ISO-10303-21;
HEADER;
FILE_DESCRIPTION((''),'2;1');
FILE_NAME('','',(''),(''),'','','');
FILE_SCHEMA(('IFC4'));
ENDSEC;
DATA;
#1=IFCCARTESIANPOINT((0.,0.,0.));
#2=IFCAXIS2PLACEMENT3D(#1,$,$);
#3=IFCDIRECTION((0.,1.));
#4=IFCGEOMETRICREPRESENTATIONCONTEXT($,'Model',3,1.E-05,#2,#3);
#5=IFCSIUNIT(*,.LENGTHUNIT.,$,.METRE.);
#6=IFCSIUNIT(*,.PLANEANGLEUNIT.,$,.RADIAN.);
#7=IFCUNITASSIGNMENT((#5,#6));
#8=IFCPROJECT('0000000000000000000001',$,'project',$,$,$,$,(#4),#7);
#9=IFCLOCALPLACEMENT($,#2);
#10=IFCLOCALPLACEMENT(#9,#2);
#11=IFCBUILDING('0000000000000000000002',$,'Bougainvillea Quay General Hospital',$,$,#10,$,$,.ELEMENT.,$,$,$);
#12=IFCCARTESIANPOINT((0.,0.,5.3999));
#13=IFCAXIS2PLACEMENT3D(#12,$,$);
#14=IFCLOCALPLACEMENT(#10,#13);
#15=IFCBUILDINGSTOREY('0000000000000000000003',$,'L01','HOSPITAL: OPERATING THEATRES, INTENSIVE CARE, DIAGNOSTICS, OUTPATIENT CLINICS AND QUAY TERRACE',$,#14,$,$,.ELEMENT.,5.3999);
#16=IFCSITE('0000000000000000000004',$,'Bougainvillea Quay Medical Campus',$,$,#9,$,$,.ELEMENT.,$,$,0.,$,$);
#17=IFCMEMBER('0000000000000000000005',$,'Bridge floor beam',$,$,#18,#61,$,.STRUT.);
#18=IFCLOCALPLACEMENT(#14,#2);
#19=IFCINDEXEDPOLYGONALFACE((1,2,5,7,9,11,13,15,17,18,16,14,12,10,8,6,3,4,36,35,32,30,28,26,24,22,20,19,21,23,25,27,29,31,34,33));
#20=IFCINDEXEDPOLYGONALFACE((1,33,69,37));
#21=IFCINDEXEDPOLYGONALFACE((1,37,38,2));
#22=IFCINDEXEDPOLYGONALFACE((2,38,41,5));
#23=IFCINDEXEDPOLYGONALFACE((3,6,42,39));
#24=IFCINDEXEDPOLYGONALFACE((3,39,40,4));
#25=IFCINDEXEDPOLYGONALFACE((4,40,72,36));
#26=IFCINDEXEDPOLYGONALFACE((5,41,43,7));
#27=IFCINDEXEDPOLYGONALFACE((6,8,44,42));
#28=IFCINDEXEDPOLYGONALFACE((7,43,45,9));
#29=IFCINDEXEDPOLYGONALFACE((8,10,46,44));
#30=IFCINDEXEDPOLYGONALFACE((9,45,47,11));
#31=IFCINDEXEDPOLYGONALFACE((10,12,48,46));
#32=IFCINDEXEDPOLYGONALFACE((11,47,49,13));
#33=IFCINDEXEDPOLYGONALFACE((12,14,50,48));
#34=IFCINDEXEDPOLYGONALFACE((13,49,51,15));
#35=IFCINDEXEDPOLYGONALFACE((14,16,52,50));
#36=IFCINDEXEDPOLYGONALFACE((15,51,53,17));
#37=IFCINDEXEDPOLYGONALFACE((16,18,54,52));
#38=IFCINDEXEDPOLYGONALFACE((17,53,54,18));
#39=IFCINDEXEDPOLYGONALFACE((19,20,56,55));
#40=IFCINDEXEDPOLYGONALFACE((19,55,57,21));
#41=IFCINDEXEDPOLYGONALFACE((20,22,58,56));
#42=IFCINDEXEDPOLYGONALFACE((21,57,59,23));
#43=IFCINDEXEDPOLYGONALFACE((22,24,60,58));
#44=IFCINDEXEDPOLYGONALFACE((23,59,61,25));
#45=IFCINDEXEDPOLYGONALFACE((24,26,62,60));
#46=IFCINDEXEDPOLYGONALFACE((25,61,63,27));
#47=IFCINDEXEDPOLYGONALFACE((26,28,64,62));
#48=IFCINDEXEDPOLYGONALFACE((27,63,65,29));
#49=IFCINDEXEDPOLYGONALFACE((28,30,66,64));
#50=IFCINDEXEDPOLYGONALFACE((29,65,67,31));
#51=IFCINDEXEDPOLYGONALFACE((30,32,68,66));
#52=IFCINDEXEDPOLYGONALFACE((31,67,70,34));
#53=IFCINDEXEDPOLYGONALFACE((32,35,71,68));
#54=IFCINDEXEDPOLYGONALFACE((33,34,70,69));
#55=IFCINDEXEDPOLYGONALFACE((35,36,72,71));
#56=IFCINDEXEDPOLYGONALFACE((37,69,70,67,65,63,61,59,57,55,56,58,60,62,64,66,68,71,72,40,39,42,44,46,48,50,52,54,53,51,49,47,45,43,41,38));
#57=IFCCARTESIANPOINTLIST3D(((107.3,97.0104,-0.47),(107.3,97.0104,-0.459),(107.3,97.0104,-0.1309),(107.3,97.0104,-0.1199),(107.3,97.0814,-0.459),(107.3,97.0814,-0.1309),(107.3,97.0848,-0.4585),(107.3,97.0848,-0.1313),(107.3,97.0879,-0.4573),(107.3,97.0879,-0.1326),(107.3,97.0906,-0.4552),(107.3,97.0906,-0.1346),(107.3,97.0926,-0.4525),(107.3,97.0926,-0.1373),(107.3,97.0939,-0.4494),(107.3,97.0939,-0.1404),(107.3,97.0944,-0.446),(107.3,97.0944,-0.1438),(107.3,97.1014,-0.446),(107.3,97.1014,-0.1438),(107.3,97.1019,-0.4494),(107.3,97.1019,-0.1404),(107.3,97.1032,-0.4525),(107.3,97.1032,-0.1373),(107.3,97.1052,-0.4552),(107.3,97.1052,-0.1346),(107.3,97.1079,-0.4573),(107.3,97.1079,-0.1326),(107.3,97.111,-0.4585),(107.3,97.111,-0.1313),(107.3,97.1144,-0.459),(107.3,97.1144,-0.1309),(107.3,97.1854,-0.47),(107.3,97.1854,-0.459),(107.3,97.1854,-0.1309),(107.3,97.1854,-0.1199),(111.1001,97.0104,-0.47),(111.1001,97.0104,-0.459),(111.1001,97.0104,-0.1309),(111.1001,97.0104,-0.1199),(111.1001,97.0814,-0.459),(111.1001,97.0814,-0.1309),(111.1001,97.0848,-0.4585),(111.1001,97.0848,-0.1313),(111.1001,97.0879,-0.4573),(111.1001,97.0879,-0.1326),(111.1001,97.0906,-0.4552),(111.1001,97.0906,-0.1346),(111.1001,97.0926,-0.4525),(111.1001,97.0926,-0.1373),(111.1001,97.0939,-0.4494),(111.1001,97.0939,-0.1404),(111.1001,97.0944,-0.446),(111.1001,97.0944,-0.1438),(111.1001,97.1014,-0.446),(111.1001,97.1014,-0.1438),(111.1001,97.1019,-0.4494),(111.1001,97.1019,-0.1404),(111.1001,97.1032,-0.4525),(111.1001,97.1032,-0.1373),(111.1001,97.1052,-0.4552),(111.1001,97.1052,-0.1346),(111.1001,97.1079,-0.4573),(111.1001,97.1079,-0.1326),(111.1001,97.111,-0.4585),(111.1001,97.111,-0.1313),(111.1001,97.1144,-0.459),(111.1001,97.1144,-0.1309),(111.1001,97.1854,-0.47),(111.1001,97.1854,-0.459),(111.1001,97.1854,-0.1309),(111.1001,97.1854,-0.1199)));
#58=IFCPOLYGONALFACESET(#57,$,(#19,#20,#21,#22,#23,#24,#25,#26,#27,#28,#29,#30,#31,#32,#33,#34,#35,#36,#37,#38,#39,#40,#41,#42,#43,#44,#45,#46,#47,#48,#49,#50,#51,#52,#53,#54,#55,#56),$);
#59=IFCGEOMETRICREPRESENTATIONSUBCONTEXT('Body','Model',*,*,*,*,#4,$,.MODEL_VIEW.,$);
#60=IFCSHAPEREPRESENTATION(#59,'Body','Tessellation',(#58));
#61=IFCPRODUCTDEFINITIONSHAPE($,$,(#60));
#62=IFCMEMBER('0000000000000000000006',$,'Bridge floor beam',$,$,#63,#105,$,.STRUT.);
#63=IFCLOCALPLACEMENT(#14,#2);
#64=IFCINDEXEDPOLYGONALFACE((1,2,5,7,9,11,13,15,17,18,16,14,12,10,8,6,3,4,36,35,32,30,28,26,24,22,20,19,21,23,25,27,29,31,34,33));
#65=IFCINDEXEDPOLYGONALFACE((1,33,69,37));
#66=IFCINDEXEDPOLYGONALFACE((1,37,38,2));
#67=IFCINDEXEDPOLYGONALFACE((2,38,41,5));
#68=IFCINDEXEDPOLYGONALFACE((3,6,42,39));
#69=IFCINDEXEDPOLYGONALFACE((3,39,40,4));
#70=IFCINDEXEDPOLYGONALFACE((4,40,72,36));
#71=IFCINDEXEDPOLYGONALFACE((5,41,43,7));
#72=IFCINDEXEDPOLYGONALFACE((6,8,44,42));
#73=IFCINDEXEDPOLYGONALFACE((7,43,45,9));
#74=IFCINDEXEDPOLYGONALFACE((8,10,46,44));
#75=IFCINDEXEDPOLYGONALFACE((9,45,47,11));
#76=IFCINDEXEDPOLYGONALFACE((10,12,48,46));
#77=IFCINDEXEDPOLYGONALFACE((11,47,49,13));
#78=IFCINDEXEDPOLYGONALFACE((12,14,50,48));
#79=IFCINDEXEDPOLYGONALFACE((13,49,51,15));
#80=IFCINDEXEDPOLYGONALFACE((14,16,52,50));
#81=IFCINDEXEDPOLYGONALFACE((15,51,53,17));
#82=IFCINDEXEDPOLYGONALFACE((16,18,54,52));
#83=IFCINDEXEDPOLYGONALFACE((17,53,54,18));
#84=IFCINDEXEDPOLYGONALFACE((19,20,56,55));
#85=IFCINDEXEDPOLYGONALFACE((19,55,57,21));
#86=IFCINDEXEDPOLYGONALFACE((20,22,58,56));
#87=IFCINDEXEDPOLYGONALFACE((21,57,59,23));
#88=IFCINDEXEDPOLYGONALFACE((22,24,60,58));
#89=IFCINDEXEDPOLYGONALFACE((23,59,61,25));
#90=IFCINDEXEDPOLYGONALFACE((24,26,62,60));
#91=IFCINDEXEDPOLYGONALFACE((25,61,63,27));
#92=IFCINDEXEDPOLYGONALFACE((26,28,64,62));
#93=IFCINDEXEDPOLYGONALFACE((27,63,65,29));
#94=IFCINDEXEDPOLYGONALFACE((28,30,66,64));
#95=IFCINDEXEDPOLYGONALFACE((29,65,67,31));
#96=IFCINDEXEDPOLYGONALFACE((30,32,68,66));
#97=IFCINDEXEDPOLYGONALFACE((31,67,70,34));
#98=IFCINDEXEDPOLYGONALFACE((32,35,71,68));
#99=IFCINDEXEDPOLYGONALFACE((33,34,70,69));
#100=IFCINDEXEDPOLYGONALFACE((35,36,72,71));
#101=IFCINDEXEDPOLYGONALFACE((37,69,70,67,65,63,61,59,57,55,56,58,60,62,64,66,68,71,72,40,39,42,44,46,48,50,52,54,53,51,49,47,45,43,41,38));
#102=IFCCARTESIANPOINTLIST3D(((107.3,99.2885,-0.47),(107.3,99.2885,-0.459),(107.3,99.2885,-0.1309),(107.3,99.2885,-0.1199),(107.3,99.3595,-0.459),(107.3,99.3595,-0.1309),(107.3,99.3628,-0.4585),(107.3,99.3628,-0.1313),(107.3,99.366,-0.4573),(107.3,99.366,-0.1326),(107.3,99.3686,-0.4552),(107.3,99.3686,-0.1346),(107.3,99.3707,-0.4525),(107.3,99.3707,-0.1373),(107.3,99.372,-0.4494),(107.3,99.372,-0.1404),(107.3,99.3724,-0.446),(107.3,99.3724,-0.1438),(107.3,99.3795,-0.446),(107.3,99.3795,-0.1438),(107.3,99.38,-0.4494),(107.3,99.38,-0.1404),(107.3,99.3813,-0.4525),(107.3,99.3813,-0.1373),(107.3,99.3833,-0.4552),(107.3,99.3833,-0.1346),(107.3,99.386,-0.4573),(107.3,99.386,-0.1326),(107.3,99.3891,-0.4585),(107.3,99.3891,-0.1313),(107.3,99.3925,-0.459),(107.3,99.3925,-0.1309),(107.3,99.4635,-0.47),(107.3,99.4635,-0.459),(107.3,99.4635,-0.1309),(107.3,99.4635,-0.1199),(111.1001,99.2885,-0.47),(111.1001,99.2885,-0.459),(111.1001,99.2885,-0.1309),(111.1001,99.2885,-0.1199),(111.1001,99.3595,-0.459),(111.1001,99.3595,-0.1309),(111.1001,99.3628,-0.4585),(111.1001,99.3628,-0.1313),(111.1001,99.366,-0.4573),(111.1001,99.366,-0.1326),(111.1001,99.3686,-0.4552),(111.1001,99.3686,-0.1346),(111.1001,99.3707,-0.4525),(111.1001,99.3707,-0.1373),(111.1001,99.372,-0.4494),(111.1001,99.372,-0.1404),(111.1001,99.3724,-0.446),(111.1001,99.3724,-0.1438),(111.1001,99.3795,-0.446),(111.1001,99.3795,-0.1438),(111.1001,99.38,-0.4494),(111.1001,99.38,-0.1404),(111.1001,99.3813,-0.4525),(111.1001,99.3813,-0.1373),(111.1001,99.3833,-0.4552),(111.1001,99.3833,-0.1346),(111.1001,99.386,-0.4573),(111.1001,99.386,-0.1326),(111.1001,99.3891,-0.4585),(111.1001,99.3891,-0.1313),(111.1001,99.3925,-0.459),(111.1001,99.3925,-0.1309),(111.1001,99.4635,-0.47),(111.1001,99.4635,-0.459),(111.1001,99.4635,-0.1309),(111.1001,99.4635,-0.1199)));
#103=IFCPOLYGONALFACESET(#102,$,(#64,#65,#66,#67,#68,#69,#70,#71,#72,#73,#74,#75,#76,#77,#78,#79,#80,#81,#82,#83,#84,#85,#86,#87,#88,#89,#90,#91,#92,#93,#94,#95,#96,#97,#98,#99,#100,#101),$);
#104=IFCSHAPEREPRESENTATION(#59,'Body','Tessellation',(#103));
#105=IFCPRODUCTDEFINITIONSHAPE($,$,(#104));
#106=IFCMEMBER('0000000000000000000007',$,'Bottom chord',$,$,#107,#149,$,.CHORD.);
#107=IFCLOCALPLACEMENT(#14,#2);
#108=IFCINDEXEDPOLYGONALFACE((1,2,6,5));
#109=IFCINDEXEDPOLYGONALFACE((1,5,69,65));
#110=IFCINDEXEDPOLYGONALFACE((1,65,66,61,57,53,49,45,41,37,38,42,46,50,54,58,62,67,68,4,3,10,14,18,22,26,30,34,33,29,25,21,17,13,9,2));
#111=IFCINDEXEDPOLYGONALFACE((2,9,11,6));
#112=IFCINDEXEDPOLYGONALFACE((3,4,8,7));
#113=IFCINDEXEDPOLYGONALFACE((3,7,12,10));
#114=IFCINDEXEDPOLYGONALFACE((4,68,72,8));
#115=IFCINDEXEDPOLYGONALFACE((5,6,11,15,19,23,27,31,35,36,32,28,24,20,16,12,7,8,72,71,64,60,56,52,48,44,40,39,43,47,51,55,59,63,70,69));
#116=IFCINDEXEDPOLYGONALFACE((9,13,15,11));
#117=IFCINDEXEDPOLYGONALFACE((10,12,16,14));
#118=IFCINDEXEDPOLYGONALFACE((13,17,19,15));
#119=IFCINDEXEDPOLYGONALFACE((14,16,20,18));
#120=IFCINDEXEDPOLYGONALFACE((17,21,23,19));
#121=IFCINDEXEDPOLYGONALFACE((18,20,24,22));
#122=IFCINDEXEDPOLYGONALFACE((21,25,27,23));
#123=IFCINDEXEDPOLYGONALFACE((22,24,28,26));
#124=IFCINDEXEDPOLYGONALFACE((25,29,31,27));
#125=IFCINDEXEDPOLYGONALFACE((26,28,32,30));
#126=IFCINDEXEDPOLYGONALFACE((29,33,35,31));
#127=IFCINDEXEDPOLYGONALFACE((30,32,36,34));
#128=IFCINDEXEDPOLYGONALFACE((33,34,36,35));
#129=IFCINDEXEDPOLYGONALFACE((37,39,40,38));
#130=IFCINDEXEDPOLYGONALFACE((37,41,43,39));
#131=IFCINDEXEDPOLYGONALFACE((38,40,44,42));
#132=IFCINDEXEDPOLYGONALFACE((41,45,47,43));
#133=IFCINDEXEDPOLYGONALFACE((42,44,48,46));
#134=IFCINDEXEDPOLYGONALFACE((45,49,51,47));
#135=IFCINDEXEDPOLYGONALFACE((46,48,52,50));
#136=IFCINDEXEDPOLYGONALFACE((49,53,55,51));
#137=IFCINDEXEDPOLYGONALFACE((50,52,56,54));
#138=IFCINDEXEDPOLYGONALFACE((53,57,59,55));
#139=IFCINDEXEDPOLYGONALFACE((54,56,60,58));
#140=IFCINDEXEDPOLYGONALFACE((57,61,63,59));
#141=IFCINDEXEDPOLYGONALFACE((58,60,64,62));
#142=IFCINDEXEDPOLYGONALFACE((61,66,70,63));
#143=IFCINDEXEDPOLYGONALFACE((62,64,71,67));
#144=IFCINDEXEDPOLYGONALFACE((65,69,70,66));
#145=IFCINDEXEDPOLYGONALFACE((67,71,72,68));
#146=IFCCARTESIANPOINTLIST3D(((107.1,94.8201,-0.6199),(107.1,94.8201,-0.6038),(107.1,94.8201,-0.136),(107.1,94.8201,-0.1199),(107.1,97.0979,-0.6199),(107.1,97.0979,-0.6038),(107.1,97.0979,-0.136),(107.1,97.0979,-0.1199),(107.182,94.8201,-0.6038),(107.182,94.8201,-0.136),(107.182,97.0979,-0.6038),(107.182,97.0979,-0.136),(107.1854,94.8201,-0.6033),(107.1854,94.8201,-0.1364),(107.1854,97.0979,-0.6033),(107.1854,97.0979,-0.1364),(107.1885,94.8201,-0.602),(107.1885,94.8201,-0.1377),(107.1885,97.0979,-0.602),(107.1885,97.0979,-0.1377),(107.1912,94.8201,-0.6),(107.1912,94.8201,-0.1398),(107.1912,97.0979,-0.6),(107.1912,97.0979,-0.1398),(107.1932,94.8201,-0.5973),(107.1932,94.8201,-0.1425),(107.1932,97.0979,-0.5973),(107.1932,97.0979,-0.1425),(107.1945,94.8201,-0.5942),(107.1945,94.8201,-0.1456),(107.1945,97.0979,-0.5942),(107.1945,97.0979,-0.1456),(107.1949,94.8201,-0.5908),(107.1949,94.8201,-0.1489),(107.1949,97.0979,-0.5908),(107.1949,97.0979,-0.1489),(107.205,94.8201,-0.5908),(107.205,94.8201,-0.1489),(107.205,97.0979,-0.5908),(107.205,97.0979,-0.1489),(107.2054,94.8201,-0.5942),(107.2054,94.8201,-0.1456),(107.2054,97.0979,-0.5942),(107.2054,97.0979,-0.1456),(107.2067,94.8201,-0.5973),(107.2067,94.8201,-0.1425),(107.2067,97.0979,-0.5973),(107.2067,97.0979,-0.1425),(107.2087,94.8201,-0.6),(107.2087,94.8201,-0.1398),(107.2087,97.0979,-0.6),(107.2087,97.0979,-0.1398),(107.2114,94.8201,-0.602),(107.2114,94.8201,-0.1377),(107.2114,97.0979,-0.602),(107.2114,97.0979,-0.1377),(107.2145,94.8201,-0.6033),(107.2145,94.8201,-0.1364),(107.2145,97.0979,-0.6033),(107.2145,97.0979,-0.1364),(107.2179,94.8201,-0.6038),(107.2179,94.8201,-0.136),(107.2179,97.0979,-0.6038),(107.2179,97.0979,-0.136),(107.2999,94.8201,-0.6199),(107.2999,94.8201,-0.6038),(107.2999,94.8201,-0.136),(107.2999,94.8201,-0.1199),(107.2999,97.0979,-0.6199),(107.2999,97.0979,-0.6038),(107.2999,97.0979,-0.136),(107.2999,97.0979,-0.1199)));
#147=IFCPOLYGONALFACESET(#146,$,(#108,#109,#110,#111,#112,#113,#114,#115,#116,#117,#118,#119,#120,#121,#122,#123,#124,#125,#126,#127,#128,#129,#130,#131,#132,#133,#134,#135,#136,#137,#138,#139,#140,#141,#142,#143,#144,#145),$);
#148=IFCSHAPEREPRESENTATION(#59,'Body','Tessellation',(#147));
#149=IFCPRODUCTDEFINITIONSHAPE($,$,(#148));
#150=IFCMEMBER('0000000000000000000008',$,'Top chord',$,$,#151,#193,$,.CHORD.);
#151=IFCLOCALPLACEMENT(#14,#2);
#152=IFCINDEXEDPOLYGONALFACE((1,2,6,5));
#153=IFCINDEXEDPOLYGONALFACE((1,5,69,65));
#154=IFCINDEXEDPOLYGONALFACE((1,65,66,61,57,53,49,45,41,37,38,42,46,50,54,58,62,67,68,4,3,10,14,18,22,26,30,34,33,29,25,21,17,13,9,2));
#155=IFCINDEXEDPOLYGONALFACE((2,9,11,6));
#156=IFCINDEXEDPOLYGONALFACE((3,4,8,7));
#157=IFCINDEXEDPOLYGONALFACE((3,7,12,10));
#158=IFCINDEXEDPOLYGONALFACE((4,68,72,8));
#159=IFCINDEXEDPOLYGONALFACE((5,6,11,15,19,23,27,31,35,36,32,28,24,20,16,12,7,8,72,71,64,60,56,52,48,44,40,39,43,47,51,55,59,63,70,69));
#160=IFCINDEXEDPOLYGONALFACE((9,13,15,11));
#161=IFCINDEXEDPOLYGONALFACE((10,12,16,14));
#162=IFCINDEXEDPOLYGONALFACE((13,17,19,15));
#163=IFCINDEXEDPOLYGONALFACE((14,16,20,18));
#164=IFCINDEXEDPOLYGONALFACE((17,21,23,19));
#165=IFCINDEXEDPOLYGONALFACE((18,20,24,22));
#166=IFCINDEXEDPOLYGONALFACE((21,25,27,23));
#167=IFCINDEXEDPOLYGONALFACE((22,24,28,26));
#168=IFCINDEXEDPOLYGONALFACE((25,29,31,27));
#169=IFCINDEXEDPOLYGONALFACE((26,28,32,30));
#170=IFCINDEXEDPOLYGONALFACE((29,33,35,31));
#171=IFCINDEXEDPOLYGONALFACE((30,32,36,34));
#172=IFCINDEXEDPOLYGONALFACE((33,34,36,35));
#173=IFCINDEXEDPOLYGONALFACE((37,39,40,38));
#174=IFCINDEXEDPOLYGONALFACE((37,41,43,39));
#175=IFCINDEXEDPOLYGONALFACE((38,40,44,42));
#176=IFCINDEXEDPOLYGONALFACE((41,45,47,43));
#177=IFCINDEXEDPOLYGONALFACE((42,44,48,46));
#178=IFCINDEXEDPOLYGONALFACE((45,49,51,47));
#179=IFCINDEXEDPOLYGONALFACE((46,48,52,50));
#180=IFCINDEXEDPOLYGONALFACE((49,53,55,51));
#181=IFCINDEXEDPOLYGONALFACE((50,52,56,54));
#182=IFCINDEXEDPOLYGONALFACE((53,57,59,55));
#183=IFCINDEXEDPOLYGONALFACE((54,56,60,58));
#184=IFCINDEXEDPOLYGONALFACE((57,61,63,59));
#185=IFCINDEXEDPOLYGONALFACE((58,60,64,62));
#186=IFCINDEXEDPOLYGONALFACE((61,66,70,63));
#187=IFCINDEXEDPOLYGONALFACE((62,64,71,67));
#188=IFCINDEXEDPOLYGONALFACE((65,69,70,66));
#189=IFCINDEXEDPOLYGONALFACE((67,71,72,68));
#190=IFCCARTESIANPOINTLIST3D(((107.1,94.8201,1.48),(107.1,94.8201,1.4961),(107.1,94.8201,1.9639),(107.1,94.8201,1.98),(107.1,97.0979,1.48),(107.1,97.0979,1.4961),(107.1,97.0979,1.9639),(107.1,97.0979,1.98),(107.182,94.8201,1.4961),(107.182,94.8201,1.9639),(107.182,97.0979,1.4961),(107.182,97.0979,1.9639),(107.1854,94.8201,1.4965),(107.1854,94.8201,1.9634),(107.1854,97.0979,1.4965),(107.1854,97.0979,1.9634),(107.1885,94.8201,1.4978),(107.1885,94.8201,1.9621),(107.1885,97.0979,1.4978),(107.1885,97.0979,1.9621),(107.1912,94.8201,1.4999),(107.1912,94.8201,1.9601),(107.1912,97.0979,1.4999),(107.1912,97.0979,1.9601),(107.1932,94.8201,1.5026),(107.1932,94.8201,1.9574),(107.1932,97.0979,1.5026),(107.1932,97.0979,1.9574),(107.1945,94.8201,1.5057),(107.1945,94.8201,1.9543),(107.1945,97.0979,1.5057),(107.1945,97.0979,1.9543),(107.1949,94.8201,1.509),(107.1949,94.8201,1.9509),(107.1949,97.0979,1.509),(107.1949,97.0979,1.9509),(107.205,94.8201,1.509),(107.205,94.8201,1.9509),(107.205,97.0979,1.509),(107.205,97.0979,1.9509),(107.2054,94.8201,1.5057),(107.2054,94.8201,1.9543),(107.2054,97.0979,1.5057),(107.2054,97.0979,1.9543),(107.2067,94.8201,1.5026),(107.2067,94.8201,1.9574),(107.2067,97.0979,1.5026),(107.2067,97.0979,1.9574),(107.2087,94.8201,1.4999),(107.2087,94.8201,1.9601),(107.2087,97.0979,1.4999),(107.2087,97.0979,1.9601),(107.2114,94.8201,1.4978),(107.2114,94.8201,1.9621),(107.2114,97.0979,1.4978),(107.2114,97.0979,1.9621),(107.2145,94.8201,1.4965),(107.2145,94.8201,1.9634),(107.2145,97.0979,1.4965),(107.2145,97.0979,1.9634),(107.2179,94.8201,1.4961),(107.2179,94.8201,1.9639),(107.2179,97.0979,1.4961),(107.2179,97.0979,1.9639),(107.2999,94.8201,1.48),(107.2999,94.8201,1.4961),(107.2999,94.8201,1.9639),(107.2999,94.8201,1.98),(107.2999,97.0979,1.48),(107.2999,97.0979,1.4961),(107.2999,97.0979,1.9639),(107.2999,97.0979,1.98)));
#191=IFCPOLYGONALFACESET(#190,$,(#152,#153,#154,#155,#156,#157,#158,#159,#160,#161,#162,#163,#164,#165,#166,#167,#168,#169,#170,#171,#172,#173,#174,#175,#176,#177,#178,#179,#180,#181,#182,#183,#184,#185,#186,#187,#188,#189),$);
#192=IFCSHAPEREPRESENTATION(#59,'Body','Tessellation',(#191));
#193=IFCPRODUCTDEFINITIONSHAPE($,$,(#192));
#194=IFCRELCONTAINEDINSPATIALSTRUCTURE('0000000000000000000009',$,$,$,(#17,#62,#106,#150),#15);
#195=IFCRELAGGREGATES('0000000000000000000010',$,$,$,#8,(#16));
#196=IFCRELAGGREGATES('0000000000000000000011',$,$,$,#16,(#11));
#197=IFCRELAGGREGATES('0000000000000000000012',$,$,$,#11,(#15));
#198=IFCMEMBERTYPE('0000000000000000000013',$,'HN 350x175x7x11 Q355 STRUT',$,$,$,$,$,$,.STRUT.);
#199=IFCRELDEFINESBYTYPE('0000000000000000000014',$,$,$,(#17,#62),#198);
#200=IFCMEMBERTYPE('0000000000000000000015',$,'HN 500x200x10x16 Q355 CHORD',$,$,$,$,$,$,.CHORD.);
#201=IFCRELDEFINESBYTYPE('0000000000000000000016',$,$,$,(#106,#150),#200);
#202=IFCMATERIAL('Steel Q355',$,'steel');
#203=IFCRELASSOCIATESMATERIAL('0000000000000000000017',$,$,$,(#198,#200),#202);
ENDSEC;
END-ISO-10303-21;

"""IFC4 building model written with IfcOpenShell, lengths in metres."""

from ifc_helpers import new_model, si_unit, direction, frame, origin, origin_2d, place, context, subcontext, project, spatial, i_section, extrude, material, material_profile, profile_set, type_object, element, save


model = new_model("IFC4")

# Units and contexts
model_context = context("Model", 3, precision=1e-05, world=origin(), true_north=direction((0.0, 1.0)))
body_context = subcontext(model_context, "Body", "Model", "MODEL_VIEW")
ifc_project = project(units=[si_unit("LENGTHUNIT", "METRE"), si_unit("PLANEANGLEUNIT", "RADIAN")], contexts=[model_context])

# Site, building, storey
site_placement = place(None, origin())
site = spatial("IfcSite", under=ifc_project, at=site_placement, Name="Bougainvillea Quay Medical Campus", CompositionType="ELEMENT", RefElevation=0.0)
building_placement = place(site_placement, origin())
building = spatial("IfcBuilding", under=site, at=building_placement, Name="Bougainvillea Quay General Hospital", CompositionType="ELEMENT")
storey_placement = place(building_placement, frame((0.0, 0.0, 5.3999)))
storey = spatial("IfcBuildingStorey", under=building, at=storey_placement, Name="L01", Description="HOSPITAL: OPERATING THEATRES, INTENSIVE CARE, DIAGNOSTICS, OUTPATIENT CLINICS AND QUAY TERRACE", CompositionType="ELEMENT", Elevation=5.3999)

# Members
ifc_material_1 = material(Name="Steel Q355", Category="steel")
ifc_material_profile_1 = material_profile(ifc_material_1, i_section(OverallWidth=0.175, OverallDepth=0.3501, WebThickness=0.0071, FlangeThickness=0.011, FilletRadius=0.0129, at=origin_2d()))
ifc_profile_set_1 = profile_set([ifc_material_profile_1], Name="Steel Q355")
member_type_1 = type_object("IfcMemberType", Name="HN 350x175x7x11 Q355 STRUT", PredefinedType="STRUT", material=ifc_profile_set_1)
for number, where, z_axis, x_axis, name in (
    (1, (107.3, 97.0979, -0.2949), (1.0, 0.0, 0.0), (0.0, 1.0, 0.0), "Bridge floor beam"),
    (2, (107.3, 99.376, -0.2949), (1.0, 0.0, 0.0), (0.0, 1.0, 0.0), "Bridge floor beam"),
):
    element("IfcMember", number, at=place(storey_placement, frame(where, z_axis=z_axis, x_axis=x_axis)), inside=storey, type_object=member_type_1, Name=name, PredefinedType="STRUT", context=body_context, shape_type="SweptSolid", body=[
        extrude(i_section(OverallWidth=0.175, OverallDepth=0.3501, WebThickness=0.0071, FlangeThickness=0.011, FilletRadius=0.0129, at=origin_2d()), origin(), (0.0, 0.0, 1.0), 3.8),
    ])
ifc_material_profile_2 = material_profile(ifc_material_1, i_section(OverallWidth=0.2, OverallDepth=0.5, WebThickness=0.01, FlangeThickness=0.0161, FilletRadius=0.0129, at=origin_2d()))
ifc_profile_set_2 = profile_set([ifc_material_profile_2], Name="Steel Q355")
member_type_2 = type_object("IfcMemberType", Name="HN 500x200x10x16 Q355 CHORD", PredefinedType="CHORD", material=ifc_profile_set_2)
for number, where, z_axis, x_axis, name in (
    (3, (107.2, 94.8201, -0.3699), (0.0, 1.0, 0.0), (-1.0, 0.0, 0.0), "Bottom chord"),
    (4, (107.2, 94.8201, 1.73), (0.0, 1.0, 0.0), (-1.0, 0.0, 0.0), "Top chord"),
):
    element("IfcMember", number, at=place(storey_placement, frame(where, z_axis=z_axis, x_axis=x_axis)), inside=storey, type_object=member_type_2, Name=name, PredefinedType="CHORD", context=body_context, shape_type="SweptSolid", body=[
        extrude(i_section(OverallWidth=0.2, OverallDepth=0.5, WebThickness=0.01, FlangeThickness=0.0161, FilletRadius=0.0129, at=origin_2d()), origin(), (0.0, 0.0, 1.0), 2.2778),
    ])

save(model, "model.ifc")
